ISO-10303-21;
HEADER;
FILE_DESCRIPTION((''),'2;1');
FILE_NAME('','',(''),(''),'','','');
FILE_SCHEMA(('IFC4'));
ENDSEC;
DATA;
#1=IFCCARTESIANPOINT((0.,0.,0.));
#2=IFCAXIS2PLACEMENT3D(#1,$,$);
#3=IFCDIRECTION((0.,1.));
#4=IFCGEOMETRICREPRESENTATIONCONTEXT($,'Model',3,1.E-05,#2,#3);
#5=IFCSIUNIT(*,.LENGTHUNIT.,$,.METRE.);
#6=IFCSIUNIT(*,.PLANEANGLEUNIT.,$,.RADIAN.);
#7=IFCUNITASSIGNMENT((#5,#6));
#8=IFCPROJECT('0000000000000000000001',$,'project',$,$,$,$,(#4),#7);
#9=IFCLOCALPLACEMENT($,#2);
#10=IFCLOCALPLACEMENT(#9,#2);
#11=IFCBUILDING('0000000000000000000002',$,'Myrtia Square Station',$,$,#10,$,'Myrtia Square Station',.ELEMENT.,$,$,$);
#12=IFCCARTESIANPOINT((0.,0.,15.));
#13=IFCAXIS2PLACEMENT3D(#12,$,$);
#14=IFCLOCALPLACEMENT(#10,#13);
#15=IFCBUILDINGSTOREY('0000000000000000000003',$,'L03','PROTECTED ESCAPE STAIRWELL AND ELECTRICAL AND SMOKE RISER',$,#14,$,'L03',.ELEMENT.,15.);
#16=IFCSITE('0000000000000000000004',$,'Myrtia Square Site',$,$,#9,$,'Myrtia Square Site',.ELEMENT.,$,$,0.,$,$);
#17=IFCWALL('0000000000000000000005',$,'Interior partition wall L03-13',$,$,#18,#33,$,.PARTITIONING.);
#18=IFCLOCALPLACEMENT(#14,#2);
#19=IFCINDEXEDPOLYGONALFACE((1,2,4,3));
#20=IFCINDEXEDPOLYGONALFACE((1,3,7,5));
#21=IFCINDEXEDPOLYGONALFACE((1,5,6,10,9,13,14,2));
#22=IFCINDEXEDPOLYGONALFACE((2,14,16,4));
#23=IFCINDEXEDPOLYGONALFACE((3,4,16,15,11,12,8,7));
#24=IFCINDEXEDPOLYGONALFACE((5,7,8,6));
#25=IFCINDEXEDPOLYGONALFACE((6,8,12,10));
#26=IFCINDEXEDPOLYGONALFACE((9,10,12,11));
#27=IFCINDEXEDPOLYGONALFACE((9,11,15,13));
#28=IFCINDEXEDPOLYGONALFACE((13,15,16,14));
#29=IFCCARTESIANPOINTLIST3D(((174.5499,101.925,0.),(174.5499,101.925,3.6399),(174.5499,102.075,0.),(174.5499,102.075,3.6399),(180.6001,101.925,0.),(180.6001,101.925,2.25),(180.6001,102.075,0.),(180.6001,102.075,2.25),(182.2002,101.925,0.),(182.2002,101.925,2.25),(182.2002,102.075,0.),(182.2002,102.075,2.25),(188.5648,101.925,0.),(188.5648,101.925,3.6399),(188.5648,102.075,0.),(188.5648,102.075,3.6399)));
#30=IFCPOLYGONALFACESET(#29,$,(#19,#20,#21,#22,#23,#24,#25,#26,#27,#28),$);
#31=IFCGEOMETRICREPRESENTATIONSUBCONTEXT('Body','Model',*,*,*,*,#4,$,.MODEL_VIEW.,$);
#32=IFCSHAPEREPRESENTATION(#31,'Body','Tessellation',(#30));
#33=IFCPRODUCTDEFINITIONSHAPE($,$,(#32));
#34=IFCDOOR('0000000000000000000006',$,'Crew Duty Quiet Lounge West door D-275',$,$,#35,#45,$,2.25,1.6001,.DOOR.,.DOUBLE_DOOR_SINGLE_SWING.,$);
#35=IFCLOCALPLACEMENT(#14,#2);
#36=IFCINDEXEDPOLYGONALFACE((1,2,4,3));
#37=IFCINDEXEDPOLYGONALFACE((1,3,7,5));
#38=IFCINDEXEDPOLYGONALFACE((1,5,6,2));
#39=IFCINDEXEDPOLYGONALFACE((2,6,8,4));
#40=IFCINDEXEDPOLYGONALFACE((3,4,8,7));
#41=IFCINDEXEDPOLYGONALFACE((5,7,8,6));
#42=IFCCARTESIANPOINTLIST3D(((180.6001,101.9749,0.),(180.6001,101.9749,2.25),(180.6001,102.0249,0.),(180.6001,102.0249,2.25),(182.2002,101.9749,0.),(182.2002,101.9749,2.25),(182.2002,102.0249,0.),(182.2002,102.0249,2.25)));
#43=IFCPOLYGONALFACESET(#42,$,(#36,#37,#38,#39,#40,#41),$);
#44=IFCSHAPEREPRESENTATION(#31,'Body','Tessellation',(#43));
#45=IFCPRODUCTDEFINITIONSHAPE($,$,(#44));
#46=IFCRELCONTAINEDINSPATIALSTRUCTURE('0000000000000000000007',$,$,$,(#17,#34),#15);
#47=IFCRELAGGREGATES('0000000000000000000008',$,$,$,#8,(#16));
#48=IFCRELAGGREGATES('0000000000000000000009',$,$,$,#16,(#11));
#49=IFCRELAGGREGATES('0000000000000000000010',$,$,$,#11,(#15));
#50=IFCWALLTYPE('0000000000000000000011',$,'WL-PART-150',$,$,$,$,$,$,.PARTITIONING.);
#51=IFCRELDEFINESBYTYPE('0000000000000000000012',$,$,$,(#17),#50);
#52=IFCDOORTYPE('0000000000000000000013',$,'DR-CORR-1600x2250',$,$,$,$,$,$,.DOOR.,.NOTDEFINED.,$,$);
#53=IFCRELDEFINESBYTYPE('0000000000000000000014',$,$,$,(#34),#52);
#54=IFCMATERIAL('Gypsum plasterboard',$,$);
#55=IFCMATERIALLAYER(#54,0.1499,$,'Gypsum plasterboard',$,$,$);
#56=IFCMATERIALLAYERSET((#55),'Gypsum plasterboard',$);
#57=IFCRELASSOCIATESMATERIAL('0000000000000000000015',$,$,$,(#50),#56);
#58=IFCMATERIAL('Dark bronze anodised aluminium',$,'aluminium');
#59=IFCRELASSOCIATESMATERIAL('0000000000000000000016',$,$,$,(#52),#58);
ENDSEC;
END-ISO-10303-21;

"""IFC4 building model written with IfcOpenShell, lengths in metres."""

from ifc_helpers import new_model, si_unit, direction, frame, frame_2d, origin, place, context, subcontext, project, spatial, rectangle, extrude, material, layer, layer_set, type_object, element, fill, save


model = new_model("IFC4")

# Units and contexts
model_context = context("Model", 3, precision=1e-05, world=origin(), true_north=direction((0.0, 1.0)))
body_context = subcontext(model_context, "Body", "Model", "MODEL_VIEW")
ifc_project = project(units=[si_unit("LENGTHUNIT", "METRE"), si_unit("PLANEANGLEUNIT", "RADIAN")], contexts=[model_context])

# Site, building, storey
site_placement = place(None, origin())
site = spatial("IfcSite", under=ifc_project, at=site_placement, Name="Myrtia Square Site", LongName="Myrtia Square Site", CompositionType="ELEMENT", RefElevation=0.0)
building_placement = place(site_placement, origin())
building = spatial("IfcBuilding", under=site, at=building_placement, Name="Myrtia Square Station", LongName="Myrtia Square Station", CompositionType="ELEMENT")
storey_placement = place(building_placement, frame((0.0, 0.0, 15.0)))
storey = spatial("IfcBuildingStorey", under=building, at=storey_placement, Name="L03", Description="PROTECTED ESCAPE STAIRWELL AND ELECTRICAL AND SMOKE RISER", LongName="L03", CompositionType="ELEMENT", Elevation=15.0)

# Shared definitions
ifc_material_1 = material(Name="Dark bronze anodised aluminium", Category="aluminium")

# Wall, opening, door
ifc_material_2 = material(Name="Gypsum plasterboard")
ifc_layer_1 = layer(ifc_material_2, 0.1499, Name="Gypsum plasterboard")
ifc_layer_set_1 = layer_set([ifc_layer_1], Name="Gypsum plasterboard")
wall_type_1 = type_object("IfcWallType", Name="WL-PART-150", PredefinedType="PARTITIONING", material=ifc_layer_set_1)
wall_1_placement = place(storey_placement, frame((174.55, 102.0, 0.0), z_axis=(0.0, 0.0, 1.0), x_axis=(1.0, 0.0, 0.0)))
wall_1 = element("IfcWall", 1, at=wall_1_placement, inside=storey, type_object=wall_type_1, Name="Interior partition wall L03-13", PredefinedType="PARTITIONING", context=body_context, shape_type="SweptSolid", body=[
    extrude(rectangle(XDim=14.0149, YDim=0.1499, at=frame_2d((7.0073, 0.0))), origin(), (0.0, 0.0, 1.0), 3.6399),
])
opening_1_placement = place(wall_1_placement, frame((6.05, 0.0, 0.0)))
opening_1 = element("IfcOpeningElement", 2, at=opening_1_placement, cuts=wall_1, PredefinedType="OPENING", context=body_context, shape_type="SweptSolid", body=[
    extrude(rectangle(XDim=1.6001, YDim=2.25, at=frame_2d((0.8, 1.125))), frame((0.0, 0.0898, 0.0), z_axis=(0.0, -1.0, 0.0), x_axis=(1.0, 0.0, 0.0)), (0.0, 0.0, 1.0), 0.1799),
])
door_type_1 = type_object("IfcDoorType", Name="DR-CORR-1600x2250", OperationType="NOTDEFINED", PredefinedType="DOOR", material=ifc_material_1)
door_1_placement = place(opening_1_placement, origin())
door_1 = element("IfcDoor", 3, at=door_1_placement, inside=storey, type_object=door_type_1, Name="Crew Duty Quiet Lounge West door D-275", OperationType="DOUBLE_DOOR_SINGLE_SWING", OverallHeight=2.25, OverallWidth=1.6001, PredefinedType="DOOR", context=body_context, shape_type="SweptSolid", body=[
    extrude(rectangle(XDim=1.6001, YDim=2.25, at=frame_2d((0.8, 1.125))), frame((0.0, 0.0249, 0.0), z_axis=(0.0, -1.0, 0.0), x_axis=(1.0, 0.0, 0.0)), (0.0, 0.0, 1.0), 0.05),
])
fill(opening_1, door_1)

save(model, "model.ifc")
